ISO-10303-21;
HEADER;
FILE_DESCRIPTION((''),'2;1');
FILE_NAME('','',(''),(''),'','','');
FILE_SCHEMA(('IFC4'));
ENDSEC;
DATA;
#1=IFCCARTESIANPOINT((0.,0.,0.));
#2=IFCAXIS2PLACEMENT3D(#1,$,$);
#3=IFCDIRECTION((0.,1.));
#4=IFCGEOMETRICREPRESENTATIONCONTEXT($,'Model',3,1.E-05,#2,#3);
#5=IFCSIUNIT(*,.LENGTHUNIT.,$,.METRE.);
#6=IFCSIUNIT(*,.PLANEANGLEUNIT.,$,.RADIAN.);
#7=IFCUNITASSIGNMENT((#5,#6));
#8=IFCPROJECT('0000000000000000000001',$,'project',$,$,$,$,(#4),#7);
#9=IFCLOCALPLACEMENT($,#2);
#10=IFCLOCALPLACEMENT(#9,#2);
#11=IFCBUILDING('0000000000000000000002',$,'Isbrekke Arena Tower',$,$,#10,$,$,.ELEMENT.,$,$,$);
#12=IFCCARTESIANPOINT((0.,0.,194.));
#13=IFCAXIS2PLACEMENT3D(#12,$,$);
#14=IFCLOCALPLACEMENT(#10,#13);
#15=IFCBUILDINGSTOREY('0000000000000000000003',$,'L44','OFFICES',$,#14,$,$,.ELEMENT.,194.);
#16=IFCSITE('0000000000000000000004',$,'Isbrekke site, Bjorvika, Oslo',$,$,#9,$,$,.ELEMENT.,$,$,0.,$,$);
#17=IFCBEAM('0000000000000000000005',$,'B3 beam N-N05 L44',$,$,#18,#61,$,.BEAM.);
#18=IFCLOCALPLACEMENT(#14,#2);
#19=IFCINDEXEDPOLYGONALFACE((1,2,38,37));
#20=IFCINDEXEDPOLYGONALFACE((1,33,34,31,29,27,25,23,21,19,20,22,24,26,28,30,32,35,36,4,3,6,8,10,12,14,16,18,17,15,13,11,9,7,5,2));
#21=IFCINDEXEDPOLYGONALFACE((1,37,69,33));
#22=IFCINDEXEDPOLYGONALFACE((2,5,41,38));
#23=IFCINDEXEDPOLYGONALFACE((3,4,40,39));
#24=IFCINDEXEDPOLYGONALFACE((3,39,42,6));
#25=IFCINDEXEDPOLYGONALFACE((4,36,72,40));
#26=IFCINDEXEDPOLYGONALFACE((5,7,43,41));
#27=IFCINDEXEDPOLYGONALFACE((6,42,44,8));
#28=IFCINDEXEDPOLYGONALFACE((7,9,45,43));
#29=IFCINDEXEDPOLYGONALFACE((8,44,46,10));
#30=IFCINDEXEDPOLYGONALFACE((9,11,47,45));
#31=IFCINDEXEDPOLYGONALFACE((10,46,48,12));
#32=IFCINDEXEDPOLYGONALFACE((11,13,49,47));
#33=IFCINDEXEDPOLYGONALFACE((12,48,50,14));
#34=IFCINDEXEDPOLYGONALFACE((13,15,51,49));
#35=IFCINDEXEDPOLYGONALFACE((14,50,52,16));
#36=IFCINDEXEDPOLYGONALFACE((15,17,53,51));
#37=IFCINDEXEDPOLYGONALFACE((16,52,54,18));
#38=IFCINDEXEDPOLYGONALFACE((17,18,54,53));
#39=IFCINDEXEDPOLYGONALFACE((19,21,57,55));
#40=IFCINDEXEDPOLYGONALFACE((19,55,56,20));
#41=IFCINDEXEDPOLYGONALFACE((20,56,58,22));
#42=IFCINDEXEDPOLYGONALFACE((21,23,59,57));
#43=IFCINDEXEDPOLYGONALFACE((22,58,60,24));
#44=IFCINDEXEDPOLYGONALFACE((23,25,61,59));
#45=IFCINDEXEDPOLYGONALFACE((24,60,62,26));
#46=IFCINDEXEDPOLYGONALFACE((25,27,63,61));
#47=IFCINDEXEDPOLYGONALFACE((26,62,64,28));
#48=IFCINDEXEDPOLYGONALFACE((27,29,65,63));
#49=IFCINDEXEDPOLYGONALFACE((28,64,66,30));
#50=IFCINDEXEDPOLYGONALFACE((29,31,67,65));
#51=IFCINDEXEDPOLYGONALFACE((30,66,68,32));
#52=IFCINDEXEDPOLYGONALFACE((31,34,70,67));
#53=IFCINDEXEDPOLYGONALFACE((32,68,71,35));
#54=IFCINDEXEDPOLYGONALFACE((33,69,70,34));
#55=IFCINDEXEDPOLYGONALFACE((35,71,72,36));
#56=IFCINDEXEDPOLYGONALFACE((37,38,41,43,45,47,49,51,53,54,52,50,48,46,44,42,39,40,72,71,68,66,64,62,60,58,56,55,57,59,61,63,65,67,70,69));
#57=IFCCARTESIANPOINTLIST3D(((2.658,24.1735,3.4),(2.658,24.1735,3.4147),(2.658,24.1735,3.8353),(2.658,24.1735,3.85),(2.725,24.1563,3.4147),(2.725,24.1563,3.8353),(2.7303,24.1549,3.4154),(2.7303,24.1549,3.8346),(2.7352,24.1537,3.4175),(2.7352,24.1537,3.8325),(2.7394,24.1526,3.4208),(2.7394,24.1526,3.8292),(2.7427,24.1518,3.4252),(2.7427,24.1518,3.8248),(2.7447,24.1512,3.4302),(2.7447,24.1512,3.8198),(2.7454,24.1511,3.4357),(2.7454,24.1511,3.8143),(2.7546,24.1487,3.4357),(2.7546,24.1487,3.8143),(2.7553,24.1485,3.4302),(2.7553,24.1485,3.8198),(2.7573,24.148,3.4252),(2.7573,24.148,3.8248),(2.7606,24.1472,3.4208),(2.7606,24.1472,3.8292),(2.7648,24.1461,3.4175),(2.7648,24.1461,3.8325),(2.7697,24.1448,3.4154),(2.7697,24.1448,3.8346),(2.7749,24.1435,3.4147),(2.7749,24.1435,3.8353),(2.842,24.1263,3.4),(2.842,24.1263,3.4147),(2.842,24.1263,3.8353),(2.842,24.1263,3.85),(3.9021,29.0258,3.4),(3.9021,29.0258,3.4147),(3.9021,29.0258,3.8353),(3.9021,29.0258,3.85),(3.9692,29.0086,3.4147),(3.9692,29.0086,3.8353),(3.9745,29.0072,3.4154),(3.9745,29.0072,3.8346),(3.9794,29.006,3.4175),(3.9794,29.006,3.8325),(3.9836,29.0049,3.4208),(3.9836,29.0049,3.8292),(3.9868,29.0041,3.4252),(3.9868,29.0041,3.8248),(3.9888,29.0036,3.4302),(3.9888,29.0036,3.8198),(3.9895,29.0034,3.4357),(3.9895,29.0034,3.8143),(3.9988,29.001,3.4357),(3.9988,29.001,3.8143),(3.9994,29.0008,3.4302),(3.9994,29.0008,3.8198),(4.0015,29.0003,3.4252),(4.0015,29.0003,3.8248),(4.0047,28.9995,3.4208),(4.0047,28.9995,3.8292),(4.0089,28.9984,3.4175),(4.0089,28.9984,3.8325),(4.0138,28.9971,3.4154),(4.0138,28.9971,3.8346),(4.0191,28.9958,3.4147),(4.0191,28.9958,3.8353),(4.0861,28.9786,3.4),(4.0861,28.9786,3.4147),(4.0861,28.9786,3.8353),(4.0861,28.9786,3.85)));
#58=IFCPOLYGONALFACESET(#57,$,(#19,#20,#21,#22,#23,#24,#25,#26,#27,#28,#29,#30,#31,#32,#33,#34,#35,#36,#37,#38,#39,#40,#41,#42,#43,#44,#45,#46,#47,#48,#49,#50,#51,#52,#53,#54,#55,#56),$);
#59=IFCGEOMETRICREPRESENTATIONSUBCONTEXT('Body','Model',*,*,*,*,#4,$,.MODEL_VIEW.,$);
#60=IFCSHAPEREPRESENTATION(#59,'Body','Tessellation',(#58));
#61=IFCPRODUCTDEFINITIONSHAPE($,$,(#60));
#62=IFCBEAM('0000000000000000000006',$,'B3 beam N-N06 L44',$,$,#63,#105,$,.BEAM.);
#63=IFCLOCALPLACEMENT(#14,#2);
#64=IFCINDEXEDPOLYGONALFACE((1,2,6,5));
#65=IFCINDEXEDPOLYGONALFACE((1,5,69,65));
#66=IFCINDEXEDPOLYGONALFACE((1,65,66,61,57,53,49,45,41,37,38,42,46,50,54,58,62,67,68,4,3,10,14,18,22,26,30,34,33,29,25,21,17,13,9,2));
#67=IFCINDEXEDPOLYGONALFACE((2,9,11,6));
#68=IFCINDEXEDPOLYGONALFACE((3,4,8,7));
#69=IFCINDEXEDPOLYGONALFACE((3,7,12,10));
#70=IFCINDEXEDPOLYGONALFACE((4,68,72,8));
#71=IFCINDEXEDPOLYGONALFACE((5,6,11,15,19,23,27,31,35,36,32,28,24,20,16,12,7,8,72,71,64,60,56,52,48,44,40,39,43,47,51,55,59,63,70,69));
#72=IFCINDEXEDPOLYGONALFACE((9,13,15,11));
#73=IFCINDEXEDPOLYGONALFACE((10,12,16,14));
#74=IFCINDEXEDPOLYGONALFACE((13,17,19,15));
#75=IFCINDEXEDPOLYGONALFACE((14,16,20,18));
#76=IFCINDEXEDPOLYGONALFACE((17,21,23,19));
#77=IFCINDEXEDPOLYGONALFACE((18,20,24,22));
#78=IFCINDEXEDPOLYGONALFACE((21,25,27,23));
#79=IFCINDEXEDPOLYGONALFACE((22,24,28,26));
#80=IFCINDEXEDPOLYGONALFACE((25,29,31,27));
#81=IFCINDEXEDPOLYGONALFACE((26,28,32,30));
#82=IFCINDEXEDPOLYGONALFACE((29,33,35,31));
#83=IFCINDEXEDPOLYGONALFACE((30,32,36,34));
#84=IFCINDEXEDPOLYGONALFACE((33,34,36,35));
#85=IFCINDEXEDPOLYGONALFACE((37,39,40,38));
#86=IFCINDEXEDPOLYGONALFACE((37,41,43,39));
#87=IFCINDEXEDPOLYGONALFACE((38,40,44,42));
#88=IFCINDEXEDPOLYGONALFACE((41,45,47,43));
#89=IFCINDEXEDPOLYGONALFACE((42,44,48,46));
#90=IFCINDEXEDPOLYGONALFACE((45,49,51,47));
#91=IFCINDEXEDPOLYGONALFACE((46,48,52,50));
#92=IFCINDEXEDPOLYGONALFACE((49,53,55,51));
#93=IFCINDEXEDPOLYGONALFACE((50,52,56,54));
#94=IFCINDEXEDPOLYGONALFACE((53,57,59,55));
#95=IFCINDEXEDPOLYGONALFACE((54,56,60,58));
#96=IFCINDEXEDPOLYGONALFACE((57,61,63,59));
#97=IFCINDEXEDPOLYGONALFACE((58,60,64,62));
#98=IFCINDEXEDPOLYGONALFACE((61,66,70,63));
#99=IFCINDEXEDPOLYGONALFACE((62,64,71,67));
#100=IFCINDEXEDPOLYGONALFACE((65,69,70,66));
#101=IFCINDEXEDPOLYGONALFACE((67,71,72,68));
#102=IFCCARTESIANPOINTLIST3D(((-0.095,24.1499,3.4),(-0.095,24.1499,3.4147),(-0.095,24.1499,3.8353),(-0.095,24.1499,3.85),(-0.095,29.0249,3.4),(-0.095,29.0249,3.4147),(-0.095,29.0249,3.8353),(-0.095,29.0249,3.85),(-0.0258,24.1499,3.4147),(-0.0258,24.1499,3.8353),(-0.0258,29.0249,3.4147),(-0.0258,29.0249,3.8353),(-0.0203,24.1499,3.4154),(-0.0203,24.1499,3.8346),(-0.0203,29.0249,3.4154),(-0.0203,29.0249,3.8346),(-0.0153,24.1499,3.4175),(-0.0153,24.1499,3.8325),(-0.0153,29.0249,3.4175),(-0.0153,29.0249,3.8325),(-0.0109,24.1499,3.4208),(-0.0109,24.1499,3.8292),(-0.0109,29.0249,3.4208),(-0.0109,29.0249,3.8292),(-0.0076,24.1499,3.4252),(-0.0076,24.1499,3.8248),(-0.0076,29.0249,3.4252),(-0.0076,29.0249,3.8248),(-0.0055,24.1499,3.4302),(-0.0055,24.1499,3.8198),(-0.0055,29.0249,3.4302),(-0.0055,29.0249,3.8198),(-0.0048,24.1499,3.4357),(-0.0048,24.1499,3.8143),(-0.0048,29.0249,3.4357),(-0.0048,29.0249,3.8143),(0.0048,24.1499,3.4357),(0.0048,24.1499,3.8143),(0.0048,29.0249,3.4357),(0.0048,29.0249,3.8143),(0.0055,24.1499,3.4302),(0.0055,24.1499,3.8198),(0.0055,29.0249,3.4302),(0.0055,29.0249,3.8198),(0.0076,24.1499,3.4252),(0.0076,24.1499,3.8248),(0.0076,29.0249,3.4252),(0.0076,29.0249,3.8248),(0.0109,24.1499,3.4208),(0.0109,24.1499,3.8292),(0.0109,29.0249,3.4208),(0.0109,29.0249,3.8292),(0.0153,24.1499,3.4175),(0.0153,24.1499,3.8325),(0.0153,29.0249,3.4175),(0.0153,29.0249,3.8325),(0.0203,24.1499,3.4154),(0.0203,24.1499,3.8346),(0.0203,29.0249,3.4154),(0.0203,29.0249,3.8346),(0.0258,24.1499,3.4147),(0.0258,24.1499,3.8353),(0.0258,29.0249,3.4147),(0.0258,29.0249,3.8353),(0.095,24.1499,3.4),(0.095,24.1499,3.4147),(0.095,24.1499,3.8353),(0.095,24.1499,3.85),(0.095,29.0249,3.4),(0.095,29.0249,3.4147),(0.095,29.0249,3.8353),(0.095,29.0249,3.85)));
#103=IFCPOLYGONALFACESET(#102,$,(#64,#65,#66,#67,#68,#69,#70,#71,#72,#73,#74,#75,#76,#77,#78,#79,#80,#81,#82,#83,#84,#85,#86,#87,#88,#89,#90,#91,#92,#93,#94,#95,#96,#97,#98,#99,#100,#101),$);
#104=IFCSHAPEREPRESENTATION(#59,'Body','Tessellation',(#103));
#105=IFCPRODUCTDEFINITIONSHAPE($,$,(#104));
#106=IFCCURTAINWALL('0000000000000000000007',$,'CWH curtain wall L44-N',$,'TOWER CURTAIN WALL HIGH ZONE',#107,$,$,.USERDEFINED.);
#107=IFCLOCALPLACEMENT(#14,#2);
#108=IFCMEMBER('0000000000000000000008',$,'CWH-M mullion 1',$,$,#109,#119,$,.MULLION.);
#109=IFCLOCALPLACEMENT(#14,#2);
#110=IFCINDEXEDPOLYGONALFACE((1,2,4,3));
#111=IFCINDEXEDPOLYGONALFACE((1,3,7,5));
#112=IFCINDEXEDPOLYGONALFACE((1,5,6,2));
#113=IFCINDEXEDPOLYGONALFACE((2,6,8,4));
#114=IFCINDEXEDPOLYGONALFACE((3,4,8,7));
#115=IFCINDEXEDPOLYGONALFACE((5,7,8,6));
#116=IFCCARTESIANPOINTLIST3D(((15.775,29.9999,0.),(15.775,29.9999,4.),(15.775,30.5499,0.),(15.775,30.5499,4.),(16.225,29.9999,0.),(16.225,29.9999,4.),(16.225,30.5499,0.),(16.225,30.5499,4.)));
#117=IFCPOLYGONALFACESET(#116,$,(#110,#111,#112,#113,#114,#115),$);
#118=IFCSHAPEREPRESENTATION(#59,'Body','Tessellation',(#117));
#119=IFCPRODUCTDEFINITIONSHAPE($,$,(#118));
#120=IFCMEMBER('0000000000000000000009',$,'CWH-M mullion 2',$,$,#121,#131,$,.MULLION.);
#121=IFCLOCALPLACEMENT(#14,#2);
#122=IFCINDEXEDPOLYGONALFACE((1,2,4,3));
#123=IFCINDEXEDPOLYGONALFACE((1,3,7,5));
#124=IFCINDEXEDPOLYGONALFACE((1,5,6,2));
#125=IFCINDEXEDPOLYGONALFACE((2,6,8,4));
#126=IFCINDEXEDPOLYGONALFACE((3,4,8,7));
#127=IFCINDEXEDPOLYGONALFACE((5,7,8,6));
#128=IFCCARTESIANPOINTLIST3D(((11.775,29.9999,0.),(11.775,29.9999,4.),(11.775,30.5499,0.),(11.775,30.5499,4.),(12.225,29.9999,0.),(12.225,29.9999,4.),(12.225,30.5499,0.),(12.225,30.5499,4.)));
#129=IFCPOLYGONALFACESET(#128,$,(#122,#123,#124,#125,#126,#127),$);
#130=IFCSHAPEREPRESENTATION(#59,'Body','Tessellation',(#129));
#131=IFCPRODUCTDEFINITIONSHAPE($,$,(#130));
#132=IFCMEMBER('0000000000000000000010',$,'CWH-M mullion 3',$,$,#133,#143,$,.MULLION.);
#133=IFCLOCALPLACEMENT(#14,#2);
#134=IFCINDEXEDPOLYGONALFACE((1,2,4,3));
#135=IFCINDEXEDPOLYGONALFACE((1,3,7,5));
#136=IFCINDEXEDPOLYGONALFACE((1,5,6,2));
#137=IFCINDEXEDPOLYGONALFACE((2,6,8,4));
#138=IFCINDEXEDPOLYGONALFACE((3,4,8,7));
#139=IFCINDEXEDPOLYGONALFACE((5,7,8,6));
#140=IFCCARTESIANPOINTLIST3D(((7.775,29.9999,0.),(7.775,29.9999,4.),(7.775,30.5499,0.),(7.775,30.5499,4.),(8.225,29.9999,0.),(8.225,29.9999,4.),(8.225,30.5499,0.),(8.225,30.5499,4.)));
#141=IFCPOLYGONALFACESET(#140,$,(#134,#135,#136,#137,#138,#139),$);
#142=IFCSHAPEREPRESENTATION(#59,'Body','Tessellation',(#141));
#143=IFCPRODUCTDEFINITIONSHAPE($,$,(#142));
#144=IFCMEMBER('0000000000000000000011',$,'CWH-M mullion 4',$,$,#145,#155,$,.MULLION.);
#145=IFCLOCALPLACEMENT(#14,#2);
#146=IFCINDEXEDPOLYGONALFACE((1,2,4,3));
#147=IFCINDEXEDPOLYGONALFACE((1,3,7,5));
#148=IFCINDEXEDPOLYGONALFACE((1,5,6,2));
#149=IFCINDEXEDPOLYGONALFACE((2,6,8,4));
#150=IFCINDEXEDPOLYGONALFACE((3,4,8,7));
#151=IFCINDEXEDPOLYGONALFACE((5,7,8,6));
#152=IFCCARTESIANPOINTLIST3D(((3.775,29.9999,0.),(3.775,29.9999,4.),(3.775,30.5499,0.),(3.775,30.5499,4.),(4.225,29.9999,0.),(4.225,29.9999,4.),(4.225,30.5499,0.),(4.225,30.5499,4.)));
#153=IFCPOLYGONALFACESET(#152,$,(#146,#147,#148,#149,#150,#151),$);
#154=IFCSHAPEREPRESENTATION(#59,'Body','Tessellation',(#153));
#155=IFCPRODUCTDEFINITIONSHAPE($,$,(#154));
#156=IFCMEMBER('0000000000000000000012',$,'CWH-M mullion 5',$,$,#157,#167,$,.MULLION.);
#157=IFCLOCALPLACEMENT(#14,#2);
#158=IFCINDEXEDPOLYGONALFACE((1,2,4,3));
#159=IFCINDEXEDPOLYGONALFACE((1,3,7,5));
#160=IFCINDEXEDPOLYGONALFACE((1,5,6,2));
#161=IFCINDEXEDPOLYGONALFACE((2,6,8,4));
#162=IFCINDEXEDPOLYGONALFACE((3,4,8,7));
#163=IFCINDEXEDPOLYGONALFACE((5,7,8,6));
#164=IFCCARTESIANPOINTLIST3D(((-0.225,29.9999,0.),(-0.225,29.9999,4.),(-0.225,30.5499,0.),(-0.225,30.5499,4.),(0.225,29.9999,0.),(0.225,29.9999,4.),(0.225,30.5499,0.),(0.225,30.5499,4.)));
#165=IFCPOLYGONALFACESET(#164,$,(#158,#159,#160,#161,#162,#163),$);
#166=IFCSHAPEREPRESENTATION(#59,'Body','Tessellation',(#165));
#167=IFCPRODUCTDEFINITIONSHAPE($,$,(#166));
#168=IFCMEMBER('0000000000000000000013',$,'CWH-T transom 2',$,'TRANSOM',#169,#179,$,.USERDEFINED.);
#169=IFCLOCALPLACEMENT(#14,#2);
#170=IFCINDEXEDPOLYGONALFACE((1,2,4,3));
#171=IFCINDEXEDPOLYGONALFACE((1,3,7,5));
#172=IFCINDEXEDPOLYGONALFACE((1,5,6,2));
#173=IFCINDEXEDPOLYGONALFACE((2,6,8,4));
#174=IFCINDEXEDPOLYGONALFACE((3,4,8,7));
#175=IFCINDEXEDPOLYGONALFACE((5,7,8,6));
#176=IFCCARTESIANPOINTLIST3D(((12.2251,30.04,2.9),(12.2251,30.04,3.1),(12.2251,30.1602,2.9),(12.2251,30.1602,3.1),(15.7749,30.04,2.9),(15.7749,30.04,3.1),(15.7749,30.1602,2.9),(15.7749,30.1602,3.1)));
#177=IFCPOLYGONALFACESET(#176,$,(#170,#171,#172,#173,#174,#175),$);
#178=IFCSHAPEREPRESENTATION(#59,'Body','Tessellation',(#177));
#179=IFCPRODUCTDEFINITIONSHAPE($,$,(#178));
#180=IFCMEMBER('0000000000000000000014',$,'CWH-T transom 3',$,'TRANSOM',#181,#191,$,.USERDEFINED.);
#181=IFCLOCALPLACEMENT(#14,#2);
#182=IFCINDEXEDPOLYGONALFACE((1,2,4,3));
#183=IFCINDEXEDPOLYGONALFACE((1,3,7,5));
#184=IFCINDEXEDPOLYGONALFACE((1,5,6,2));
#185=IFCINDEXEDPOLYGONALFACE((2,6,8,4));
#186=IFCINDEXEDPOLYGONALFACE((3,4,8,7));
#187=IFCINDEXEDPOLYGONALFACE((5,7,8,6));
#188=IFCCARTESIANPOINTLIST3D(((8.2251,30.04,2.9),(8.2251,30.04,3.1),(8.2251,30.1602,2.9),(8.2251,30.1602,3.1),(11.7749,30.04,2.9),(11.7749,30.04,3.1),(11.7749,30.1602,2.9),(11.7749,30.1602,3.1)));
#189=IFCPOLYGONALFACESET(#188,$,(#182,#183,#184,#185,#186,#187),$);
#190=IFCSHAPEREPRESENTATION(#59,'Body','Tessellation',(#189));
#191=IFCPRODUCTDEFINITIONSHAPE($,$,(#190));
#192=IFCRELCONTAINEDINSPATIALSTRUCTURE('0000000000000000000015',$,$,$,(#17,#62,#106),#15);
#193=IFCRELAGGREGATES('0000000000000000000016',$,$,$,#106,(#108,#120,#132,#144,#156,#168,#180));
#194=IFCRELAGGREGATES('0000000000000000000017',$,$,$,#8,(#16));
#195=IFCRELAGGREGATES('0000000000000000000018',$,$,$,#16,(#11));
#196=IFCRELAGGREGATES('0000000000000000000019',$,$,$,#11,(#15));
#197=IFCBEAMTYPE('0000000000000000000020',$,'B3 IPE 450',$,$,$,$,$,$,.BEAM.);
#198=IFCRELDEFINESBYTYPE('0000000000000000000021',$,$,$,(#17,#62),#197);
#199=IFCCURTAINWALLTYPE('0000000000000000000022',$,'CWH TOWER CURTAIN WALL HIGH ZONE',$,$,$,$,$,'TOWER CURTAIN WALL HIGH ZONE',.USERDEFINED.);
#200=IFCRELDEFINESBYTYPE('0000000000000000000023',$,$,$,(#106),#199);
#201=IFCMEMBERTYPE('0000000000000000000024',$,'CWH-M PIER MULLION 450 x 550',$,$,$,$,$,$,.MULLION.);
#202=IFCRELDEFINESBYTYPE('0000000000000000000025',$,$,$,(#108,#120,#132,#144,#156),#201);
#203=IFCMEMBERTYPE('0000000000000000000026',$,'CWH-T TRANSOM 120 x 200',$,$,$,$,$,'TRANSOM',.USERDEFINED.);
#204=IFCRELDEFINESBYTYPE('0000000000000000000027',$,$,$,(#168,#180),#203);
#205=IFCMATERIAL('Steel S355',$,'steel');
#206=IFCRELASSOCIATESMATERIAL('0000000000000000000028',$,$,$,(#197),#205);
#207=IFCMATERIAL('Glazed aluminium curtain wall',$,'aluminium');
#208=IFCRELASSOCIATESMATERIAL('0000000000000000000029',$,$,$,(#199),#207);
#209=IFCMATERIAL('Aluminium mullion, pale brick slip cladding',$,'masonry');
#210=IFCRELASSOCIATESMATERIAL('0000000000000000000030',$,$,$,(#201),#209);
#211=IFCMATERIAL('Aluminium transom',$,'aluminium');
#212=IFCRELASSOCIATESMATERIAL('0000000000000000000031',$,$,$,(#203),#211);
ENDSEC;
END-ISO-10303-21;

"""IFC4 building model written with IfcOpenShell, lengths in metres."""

from ifc_helpers import new_model, si_unit, direction, frame, origin, origin_2d, place, context, subcontext, project, spatial, rectangle, i_section, extrude, material, material_profile, profile_set, type_object, element, aggregate, save


model = new_model("IFC4")

# Units and contexts
model_context = context("Model", 3, precision=1e-05, world=origin(), true_north=direction((0.0, 1.0)))
body_context = subcontext(model_context, "Body", "Model", "MODEL_VIEW")
ifc_project = project(units=[si_unit("LENGTHUNIT", "METRE"), si_unit("PLANEANGLEUNIT", "RADIAN")], contexts=[model_context])

# Site, building, storey
site_placement = place(None, origin())
site = spatial("IfcSite", under=ifc_project, at=site_placement, Name="Isbrekke site, Bjorvika, Oslo", CompositionType="ELEMENT", RefElevation=0.0)
building_placement = place(site_placement, origin())
building = spatial("IfcBuilding", under=site, at=building_placement, Name="Isbrekke Arena Tower", CompositionType="ELEMENT")
storey_placement = place(building_placement, frame((0.0, 0.0, 194.0)))
storey = spatial("IfcBuildingStorey", under=building, at=storey_placement, Name="L44", Description="OFFICES", CompositionType="ELEMENT", Elevation=194.0)

# Beams
ifc_material_1 = material(Name="Steel S355", Category="steel")
ifc_material_profile_1 = material_profile(ifc_material_1, i_section(OverallWidth=0.1899, OverallDepth=0.45, WebThickness=0.0095, FlangeThickness=0.0146, FilletRadius=0.021, at=origin_2d()), Name="IPE 450")
ifc_profile_set_1 = profile_set([ifc_material_profile_1], Name="Steel S355")
beam_type_1 = type_object("IfcBeamType", Name="B3 IPE 450", PredefinedType="BEAM", material=ifc_profile_set_1)
beam_1_placement = place(storey_placement, frame((3.9941, 29.0022, 3.625), z_axis=(-0.248368, -0.968666, 0.0), x_axis=(0.968666, -0.248368, 0.0)))
element("IfcBeam", 1, at=beam_1_placement, inside=storey, type_object=beam_type_1, Name="B3 beam N-N05 L44", PredefinedType="BEAM", context=body_context, shape_type="SweptSolid", body=[
    extrude(i_section(OverallWidth=0.1899, OverallDepth=0.45, WebThickness=0.0095, FlangeThickness=0.0146, FilletRadius=0.021, at=origin_2d()), origin(), (0.0, 0.0, 1.0), 5.0093),
])
beam_2_placement = place(storey_placement, frame((0.0, 29.0249, 3.625), z_axis=(0.0, -1.0, 0.0), x_axis=(1.0, 0.0, 0.0)))
element("IfcBeam", 2, at=beam_2_placement, inside=storey, type_object=beam_type_1, Name="B3 beam N-N06 L44", PredefinedType="BEAM", context=body_context, shape_type="SweptSolid", body=[
    extrude(i_section(OverallWidth=0.1899, OverallDepth=0.45, WebThickness=0.0095, FlangeThickness=0.0146, FilletRadius=0.021, at=origin_2d()), origin(), (0.0, 0.0, 1.0), 4.875),
])

# Curtain wall, members
ifc_material_2 = material(Name="Glazed aluminium curtain wall", Category="aluminium")
curtain_wall_type = type_object("IfcCurtainWallType", Name="CWH TOWER CURTAIN WALL HIGH ZONE", ElementType="TOWER CURTAIN WALL HIGH ZONE", PredefinedType="USERDEFINED", material=ifc_material_2)
curtain_wall_placement = place(storey_placement, origin())
curtain_wall = element("IfcCurtainWall", 3, at=curtain_wall_placement, inside=storey, type_object=curtain_wall_type, Name="CWH curtain wall L44-N", ObjectType="TOWER CURTAIN WALL HIGH ZONE", PredefinedType="USERDEFINED")
ifc_material_3 = material(Name="Aluminium mullion, pale brick slip cladding", Category="masonry")
ifc_material_profile_2 = material_profile(ifc_material_3, rectangle(XDim=0.45, YDim=0.55, at=origin_2d()), Name="PIER 450X550")
ifc_profile_set_2 = profile_set([ifc_material_profile_2], Name="Aluminium mullion, pale brick slip cladding")
member_type_1 = type_object("IfcMemberType", Name="CWH-M PIER MULLION 450 x 550", PredefinedType="MULLION", material=ifc_profile_set_2)
member_1_placement = place(storey_placement, frame((16.0, 30.2749, 0.0), z_axis=(0.0, 0.0, 1.0), x_axis=(-1.0, 0.0, 0.0)))
member_1 = element("IfcMember", 4, at=member_1_placement, type_object=member_type_1, Name="CWH-M mullion 1", PredefinedType="MULLION", context=body_context, shape_type="SweptSolid", body=[
    extrude(rectangle(XDim=0.45, YDim=0.55, at=origin_2d()), origin(), (0.0, 0.0, 1.0), 4.0),
])
member_2_placement = place(storey_placement, frame((12.0, 30.2749, 0.0), z_axis=(0.0, 0.0, 1.0), x_axis=(-1.0, 0.0, 0.0)))
member_2 = element("IfcMember", 5, at=member_2_placement, type_object=member_type_1, Name="CWH-M mullion 2", PredefinedType="MULLION", context=body_context, shape_type="SweptSolid", body=[
    extrude(rectangle(XDim=0.45, YDim=0.55, at=origin_2d()), origin(), (0.0, 0.0, 1.0), 4.0),
])
member_3_placement = place(storey_placement, frame((8.0, 30.2749, 0.0), z_axis=(0.0, 0.0, 1.0), x_axis=(-1.0, 0.0, 0.0)))
member_3 = element("IfcMember", 6, at=member_3_placement, type_object=member_type_1, Name="CWH-M mullion 3", PredefinedType="MULLION", context=body_context, shape_type="SweptSolid", body=[
    extrude(rectangle(XDim=0.45, YDim=0.55, at=origin_2d()), origin(), (0.0, 0.0, 1.0), 4.0),
])
member_4_placement = place(storey_placement, frame((4.0, 30.2749, 0.0), z_axis=(0.0, 0.0, 1.0), x_axis=(-1.0, 0.0, 0.0)))
member_4 = element("IfcMember", 7, at=member_4_placement, type_object=member_type_1, Name="CWH-M mullion 4", PredefinedType="MULLION", context=body_context, shape_type="SweptSolid", body=[
    extrude(rectangle(XDim=0.45, YDim=0.55, at=origin_2d()), origin(), (0.0, 0.0, 1.0), 4.0),
])
member_5_placement = place(storey_placement, frame((0.0, 30.2749, 0.0), z_axis=(0.0, 0.0, 1.0), x_axis=(-1.0, 0.0, 0.0)))
member_5 = element("IfcMember", 8, at=member_5_placement, type_object=member_type_1, Name="CWH-M mullion 5", PredefinedType="MULLION", context=body_context, shape_type="SweptSolid", body=[
    extrude(rectangle(XDim=0.45, YDim=0.55, at=origin_2d()), origin(), (0.0, 0.0, 1.0), 4.0),
])
ifc_material_4 = material(Name="Aluminium transom", Category="aluminium")
ifc_material_profile_3 = material_profile(ifc_material_4, rectangle(XDim=0.1201, YDim=0.2, at=origin_2d()), Name="TRANSOM 120X200")
ifc_profile_set_3 = profile_set([ifc_material_profile_3], Name="Aluminium transom")
member_type_2 = type_object("IfcMemberType", Name="CWH-T TRANSOM 120 x 200", ElementType="TRANSOM", PredefinedType="USERDEFINED", material=ifc_profile_set_3)
member_6_placement = place(storey_placement, frame((15.7749, 30.1001, 3.0), z_axis=(-1.0, 0.0, 0.0), x_axis=(0.0, -1.0, 0.0)))
member_6 = element("IfcMember", 9, at=member_6_placement, type_object=member_type_2, Name="CWH-T transom 2", ObjectType="TRANSOM", PredefinedType="USERDEFINED", context=body_context, shape_type="SweptSolid", body=[
    extrude(rectangle(XDim=0.1201, YDim=0.2, at=origin_2d()), origin(), (0.0, 0.0, 1.0), 3.5498),
])
member_7_placement = place(storey_placement, frame((11.7749, 30.1001, 3.0), z_axis=(-1.0, 0.0, 0.0), x_axis=(0.0, -1.0, 0.0)))
member_7 = element("IfcMember", 10, at=member_7_placement, type_object=member_type_2, Name="CWH-T transom 3", ObjectType="TRANSOM", PredefinedType="USERDEFINED", context=body_context, shape_type="SweptSolid", body=[
    extrude(rectangle(XDim=0.1201, YDim=0.2, at=origin_2d()), origin(), (0.0, 0.0, 1.0), 3.5498),
])

aggregate(curtain_wall, [member_1, member_2, member_3, member_4, member_5, member_6, member_7])

save(model, "model.ifc")
